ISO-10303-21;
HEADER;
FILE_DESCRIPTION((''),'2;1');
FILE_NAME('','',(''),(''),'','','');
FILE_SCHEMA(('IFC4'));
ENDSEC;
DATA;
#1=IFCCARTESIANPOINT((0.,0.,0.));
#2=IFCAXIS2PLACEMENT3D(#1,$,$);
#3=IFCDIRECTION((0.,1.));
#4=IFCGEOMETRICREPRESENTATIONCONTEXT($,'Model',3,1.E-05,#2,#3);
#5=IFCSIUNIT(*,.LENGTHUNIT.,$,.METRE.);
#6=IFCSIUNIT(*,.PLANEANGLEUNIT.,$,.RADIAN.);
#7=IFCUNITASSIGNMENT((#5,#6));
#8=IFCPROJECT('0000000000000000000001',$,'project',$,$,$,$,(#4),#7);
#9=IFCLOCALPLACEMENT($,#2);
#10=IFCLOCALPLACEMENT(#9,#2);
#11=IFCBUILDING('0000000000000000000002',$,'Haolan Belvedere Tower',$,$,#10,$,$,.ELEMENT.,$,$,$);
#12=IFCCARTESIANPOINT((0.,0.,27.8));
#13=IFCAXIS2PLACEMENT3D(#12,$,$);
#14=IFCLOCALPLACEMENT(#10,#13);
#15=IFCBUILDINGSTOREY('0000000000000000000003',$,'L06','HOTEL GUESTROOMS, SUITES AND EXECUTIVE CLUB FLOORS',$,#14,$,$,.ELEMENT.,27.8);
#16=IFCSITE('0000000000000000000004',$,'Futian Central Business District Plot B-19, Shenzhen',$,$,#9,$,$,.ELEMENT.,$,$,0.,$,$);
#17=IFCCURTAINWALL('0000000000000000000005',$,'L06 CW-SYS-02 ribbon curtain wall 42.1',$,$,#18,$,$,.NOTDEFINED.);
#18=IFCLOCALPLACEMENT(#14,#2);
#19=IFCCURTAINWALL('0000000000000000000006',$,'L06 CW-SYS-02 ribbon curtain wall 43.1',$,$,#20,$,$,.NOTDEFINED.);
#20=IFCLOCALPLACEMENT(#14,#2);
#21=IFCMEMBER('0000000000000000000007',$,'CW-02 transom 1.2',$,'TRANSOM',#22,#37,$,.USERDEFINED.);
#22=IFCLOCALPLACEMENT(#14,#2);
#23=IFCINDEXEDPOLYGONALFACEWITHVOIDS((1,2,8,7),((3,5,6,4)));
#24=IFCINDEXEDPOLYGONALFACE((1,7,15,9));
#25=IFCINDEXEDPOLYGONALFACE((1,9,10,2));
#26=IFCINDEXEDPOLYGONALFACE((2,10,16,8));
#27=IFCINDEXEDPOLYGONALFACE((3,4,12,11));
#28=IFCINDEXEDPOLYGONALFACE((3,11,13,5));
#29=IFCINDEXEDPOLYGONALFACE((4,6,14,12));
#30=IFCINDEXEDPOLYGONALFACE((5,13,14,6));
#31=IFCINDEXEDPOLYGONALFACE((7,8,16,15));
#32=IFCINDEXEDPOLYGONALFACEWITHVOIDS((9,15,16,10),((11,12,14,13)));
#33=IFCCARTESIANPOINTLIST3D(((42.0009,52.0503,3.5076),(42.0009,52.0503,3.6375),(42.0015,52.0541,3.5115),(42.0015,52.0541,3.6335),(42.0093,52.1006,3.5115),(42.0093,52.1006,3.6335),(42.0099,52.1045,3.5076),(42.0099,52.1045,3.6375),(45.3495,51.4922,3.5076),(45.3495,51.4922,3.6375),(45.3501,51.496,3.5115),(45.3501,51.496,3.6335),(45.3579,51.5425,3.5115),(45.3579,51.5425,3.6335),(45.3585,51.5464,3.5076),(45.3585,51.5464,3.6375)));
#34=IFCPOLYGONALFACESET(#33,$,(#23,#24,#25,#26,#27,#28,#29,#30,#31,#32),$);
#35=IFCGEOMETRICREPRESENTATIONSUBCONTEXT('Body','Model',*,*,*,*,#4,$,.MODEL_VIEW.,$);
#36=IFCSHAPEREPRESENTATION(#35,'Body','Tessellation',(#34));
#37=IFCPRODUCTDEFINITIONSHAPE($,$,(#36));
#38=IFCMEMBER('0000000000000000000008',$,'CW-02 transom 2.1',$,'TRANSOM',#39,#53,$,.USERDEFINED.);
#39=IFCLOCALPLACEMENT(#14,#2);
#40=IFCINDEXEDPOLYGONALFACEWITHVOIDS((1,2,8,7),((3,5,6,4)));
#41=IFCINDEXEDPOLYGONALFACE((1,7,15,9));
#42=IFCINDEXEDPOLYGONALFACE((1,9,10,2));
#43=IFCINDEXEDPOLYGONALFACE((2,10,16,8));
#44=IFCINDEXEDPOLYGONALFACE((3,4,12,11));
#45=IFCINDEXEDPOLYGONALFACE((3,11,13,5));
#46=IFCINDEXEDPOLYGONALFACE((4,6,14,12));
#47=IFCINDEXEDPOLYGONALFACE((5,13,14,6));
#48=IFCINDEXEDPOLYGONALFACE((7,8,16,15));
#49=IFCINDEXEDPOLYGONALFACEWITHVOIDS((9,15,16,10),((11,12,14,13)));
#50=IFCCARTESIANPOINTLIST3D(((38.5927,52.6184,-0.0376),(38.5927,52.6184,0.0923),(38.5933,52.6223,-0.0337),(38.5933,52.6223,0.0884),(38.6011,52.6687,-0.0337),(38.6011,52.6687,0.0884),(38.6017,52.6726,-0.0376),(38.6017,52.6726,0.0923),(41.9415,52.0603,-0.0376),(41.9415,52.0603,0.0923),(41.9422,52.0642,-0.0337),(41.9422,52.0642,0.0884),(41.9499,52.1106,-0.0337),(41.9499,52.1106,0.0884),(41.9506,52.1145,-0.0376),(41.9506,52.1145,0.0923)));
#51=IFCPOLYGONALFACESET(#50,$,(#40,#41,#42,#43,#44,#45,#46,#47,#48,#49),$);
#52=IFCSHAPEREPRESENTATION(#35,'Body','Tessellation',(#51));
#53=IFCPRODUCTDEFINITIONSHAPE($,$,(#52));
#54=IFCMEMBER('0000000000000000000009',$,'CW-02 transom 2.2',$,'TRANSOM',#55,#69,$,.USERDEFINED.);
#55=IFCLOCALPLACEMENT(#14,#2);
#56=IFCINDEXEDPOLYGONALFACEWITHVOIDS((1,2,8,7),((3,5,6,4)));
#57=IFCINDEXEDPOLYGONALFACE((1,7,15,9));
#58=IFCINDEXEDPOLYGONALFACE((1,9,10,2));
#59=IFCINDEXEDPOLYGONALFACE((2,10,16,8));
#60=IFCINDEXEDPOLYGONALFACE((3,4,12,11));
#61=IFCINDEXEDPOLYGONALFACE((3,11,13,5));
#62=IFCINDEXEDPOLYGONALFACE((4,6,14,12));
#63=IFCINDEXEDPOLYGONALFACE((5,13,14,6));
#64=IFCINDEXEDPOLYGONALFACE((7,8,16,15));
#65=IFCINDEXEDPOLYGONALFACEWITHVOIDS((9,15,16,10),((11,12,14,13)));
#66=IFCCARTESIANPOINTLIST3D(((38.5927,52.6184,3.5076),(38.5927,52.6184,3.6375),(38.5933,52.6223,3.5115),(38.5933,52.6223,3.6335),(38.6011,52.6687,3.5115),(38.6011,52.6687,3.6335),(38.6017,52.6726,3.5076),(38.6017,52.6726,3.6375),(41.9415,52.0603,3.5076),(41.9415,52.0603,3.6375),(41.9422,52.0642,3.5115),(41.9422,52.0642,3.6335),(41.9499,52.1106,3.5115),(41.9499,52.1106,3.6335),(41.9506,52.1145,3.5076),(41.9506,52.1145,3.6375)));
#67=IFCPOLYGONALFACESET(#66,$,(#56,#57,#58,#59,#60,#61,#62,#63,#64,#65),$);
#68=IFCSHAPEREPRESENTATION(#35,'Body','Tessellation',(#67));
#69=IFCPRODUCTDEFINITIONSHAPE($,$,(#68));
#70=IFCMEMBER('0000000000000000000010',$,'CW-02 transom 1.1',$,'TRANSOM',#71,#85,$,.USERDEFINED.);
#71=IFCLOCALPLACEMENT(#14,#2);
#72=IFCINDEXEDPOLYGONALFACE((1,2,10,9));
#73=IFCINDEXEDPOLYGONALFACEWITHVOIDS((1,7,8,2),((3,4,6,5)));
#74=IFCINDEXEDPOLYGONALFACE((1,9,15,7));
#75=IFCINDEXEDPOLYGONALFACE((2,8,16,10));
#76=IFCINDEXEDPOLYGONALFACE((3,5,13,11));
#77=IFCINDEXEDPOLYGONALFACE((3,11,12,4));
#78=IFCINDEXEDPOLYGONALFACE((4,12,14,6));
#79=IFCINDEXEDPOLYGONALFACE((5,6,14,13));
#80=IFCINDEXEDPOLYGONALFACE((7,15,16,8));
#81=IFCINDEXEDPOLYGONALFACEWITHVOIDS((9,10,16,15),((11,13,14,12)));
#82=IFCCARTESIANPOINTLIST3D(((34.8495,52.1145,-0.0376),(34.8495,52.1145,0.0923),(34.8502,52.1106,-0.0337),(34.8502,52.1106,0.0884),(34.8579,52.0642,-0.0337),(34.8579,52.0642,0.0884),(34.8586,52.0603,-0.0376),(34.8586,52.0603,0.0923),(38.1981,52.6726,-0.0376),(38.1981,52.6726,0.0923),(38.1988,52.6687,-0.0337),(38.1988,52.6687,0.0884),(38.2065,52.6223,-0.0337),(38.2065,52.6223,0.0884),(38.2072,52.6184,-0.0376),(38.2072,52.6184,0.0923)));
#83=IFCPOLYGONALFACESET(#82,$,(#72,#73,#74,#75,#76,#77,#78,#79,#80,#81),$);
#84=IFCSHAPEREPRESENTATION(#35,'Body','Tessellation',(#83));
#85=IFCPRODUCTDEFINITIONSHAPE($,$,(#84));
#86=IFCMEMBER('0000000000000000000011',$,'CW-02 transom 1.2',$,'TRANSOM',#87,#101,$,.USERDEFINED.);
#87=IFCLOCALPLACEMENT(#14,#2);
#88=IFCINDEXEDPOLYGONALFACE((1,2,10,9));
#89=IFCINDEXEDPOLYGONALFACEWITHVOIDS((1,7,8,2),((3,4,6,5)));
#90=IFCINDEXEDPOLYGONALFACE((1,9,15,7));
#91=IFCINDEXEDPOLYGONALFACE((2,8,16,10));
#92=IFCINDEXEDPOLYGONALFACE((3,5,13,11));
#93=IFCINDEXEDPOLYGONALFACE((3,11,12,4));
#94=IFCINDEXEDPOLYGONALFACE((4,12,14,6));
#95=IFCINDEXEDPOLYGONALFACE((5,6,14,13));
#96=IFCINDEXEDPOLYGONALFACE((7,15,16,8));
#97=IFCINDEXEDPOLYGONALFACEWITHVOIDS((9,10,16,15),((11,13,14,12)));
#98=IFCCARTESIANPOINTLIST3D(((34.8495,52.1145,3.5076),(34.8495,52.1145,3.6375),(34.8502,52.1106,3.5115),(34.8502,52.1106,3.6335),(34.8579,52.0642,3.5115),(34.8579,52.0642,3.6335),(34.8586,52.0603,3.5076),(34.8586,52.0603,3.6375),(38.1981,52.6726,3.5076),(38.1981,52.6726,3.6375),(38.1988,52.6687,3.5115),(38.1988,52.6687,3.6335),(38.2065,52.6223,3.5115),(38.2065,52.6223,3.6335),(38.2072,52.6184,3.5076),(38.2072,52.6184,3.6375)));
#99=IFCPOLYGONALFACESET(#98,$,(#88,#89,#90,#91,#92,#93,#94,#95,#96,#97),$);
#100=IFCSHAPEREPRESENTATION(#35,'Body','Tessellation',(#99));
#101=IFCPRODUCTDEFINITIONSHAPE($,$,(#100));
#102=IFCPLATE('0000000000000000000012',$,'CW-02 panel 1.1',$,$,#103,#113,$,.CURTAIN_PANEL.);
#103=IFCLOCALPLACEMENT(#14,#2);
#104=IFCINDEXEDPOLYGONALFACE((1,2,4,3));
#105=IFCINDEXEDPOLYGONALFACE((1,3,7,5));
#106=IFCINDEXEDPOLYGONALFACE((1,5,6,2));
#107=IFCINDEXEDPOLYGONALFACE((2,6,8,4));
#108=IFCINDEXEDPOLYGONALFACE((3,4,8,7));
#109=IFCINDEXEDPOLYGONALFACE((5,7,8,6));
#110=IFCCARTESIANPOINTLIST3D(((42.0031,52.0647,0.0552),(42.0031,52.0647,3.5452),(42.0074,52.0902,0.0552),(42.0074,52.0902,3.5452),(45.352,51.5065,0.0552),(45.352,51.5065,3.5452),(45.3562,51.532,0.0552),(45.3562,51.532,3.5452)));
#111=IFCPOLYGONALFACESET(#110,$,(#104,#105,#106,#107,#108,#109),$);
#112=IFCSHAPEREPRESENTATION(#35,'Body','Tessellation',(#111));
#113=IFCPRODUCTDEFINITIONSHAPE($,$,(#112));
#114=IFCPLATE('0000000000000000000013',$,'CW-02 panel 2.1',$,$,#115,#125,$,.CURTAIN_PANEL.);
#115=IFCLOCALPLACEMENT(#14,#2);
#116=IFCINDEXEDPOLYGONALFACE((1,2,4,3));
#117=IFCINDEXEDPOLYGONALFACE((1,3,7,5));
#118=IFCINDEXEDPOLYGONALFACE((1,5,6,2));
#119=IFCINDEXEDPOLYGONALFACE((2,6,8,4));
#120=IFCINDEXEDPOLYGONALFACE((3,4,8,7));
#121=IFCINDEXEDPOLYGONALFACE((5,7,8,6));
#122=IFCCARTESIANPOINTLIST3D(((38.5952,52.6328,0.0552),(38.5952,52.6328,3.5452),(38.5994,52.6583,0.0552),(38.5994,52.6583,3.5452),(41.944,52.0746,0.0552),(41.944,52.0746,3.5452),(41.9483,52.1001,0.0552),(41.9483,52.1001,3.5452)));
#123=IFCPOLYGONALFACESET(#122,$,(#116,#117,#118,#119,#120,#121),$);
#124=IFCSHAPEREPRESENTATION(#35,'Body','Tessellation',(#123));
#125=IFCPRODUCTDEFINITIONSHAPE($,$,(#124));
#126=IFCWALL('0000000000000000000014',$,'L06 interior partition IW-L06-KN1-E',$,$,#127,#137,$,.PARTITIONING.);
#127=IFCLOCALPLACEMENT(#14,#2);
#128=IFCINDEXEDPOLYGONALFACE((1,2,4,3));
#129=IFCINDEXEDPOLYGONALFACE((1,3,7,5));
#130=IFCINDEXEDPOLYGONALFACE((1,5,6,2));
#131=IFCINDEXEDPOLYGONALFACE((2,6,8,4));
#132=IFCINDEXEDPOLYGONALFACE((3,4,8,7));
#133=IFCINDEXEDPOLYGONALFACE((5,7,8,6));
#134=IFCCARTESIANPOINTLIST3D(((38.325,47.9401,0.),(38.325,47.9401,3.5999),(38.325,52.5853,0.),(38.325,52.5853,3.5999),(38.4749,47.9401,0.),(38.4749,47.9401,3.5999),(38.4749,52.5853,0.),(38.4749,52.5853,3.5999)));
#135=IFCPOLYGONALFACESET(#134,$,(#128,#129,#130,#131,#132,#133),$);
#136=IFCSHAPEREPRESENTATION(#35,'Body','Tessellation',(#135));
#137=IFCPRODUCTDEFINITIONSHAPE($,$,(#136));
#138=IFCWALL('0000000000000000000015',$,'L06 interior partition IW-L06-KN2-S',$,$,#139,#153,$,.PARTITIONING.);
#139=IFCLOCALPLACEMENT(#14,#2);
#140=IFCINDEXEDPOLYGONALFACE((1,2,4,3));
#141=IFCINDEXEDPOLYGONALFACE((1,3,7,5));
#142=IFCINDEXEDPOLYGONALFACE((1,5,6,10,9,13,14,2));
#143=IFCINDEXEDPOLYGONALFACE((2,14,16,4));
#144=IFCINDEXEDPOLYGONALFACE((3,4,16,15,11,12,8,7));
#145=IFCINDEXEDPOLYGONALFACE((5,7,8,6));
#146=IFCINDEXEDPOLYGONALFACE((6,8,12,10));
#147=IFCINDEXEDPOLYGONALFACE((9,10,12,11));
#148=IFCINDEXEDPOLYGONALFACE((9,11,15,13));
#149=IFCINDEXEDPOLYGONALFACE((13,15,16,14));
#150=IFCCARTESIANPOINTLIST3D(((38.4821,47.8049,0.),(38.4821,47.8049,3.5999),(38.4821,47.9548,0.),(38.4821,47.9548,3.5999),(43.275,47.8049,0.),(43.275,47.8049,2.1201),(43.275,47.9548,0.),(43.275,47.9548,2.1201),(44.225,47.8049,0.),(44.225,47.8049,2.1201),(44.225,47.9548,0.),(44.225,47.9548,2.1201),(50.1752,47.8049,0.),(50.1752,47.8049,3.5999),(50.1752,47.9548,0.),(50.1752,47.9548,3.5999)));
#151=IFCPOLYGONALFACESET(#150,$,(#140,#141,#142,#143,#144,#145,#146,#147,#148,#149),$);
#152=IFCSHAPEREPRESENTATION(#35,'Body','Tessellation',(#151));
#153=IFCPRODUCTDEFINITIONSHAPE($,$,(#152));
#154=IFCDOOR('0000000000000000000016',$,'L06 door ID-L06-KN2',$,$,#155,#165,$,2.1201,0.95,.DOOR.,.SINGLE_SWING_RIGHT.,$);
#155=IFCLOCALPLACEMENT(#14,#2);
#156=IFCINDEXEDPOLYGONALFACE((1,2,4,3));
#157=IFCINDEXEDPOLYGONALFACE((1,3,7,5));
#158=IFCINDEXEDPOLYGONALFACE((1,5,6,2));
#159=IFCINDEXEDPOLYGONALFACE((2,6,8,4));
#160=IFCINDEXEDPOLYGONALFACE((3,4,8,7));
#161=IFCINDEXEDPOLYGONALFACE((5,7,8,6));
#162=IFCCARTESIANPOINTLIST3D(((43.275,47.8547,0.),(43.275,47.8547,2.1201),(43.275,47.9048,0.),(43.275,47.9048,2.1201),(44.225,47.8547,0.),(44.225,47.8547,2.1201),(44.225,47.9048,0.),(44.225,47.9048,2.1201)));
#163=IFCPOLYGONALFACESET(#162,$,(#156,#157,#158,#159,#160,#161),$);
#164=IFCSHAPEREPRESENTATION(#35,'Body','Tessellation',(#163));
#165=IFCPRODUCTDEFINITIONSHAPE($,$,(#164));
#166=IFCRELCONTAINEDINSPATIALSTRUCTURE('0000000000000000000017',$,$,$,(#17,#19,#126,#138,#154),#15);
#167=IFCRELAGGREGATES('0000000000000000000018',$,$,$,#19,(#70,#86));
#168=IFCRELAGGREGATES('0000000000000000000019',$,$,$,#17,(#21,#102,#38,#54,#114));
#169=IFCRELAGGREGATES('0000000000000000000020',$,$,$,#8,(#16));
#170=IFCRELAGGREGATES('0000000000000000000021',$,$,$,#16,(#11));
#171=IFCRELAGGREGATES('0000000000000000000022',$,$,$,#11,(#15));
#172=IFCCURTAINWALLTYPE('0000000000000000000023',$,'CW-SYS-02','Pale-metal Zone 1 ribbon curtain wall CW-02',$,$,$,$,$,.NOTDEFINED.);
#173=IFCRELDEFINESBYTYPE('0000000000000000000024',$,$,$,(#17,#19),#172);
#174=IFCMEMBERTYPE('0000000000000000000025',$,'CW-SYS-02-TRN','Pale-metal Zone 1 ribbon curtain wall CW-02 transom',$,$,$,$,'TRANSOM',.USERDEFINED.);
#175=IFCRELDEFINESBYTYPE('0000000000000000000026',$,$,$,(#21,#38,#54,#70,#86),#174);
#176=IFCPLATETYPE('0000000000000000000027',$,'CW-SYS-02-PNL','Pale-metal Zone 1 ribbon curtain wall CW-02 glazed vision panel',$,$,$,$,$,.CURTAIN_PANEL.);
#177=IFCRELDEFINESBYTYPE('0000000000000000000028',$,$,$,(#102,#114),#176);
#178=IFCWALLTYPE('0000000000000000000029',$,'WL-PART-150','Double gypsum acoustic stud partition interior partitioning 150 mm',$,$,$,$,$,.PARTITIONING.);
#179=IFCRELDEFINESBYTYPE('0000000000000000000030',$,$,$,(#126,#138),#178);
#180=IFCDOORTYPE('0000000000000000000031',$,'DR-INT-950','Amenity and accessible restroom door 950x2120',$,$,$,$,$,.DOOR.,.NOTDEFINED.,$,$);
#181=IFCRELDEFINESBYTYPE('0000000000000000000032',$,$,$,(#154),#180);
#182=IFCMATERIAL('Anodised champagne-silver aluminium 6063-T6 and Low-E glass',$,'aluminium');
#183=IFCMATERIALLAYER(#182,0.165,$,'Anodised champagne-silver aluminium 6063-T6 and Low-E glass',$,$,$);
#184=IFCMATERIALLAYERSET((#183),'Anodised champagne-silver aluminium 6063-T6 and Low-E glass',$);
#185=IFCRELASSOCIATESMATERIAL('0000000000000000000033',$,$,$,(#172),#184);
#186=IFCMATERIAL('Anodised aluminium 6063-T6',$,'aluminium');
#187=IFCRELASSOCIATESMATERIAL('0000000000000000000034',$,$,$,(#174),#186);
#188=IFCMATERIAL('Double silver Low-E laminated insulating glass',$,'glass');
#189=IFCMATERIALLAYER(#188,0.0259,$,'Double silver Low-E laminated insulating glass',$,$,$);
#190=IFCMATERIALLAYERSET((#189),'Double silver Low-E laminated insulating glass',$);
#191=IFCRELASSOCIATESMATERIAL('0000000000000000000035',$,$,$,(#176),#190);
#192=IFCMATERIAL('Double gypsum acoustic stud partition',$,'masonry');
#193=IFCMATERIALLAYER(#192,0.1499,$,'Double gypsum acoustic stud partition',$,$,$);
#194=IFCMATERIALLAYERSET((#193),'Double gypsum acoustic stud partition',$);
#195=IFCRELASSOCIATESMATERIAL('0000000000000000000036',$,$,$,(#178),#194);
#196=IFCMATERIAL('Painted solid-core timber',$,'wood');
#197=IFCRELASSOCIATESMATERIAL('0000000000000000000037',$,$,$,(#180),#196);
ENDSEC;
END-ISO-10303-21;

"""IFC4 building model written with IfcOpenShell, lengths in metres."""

from ifc_helpers import new_model, si_unit, direction, frame, frame_2d, origin, origin_2d, place, context, subcontext, project, spatial, rectangle, hollow_rectangle, extrude, material, layer, layer_set, material_profile, profile_set, type_object, element, fill, aggregate, save


model = new_model("IFC4")

# Units and contexts
model_context = context("Model", 3, precision=1e-05, world=origin(), true_north=direction((0.0, 1.0)))
body_context = subcontext(model_context, "Body", "Model", "MODEL_VIEW")
ifc_project = project(units=[si_unit("LENGTHUNIT", "METRE"), si_unit("PLANEANGLEUNIT", "RADIAN")], contexts=[model_context])

# Site, building, storey
site_placement = place(None, origin())
site = spatial("IfcSite", under=ifc_project, at=site_placement, Name="Futian Central Business District Plot B-19, Shenzhen", CompositionType="ELEMENT", RefElevation=0.0)
building_placement = place(site_placement, origin())
building = spatial("IfcBuilding", under=site, at=building_placement, Name="Haolan Belvedere Tower", CompositionType="ELEMENT")
storey_placement = place(building_placement, frame((0.0, 0.0, 27.8)))
storey = spatial("IfcBuildingStorey", under=building, at=storey_placement, Name="L06", Description="HOTEL GUESTROOMS, SUITES AND EXECUTIVE CLUB FLOORS", CompositionType="ELEMENT", Elevation=27.8)

# Curtain wall
ifc_material_1 = material(Name="Anodised champagne-silver aluminium 6063-T6 and Low-E glass", Category="aluminium")
ifc_layer_1 = layer(ifc_material_1, 0.165, Name="Anodised champagne-silver aluminium 6063-T6 and Low-E glass")
ifc_layer_set_1 = layer_set([ifc_layer_1], Name="Anodised champagne-silver aluminium 6063-T6 and Low-E glass")
curtain_wall_type = type_object("IfcCurtainWallType", Name="CW-SYS-02", Description="Pale-metal Zone 1 ribbon curtain wall CW-02", PredefinedType="NOTDEFINED", material=ifc_layer_set_1)
curtain_wall_1_placement = place(storey_placement, origin())
curtain_wall_1 = element("IfcCurtainWall", 1, at=curtain_wall_1_placement, inside=storey, type_object=curtain_wall_type, Name="L06 CW-SYS-02 ribbon curtain wall 42.1", PredefinedType="NOTDEFINED")
ifc_material_2 = material(Name="Anodised aluminium 6063-T6", Category="aluminium")

# Curtain wall
curtain_wall_2_placement = place(storey_placement, origin())
curtain_wall_2 = element("IfcCurtainWall", 2, at=curtain_wall_2_placement, inside=storey, type_object=curtain_wall_type, Name="L06 CW-SYS-02 ribbon curtain wall 43.1", PredefinedType="NOTDEFINED")

# Members
ifc_material_profile_1 = material_profile(ifc_material_2, hollow_rectangle(XDim=0.0549, YDim=0.1299, WallThickness=0.0039, at=origin_2d()), Name="Anodised aluminium 6063-T6")
ifc_profile_set_1 = profile_set([ifc_material_profile_1], Name="Anodised aluminium 6063-T6")
member_type_1 = type_object("IfcMemberType", Name="CW-SYS-02-TRN", Description="Pale-metal Zone 1 ribbon curtain wall CW-02 transom", ElementType="TRANSOM", PredefinedType="USERDEFINED", material=ifc_profile_set_1)
member_1_placement = place(storey_placement, frame((45.354, 51.5193, 3.5725), z_axis=(-0.986394, 0.164399, 0.0), x_axis=(-0.164399, -0.986394, 0.0)))
member_1 = element("IfcMember", 3, at=member_1_placement, type_object=member_type_1, Name="CW-02 transom 1.2", ObjectType="TRANSOM", PredefinedType="USERDEFINED", context=body_context, shape_type="SweptSolid", body=[
    extrude(hollow_rectangle(XDim=0.0549, YDim=0.1299, WallThickness=0.0039, at=origin_2d()), origin(), (0.0, 0.0, 1.0), 3.3948),
])
member_2_placement = place(storey_placement, frame((41.946, 52.0874, 0.0273), z_axis=(-0.986396, 0.164387, 0.0), x_axis=(-0.164387, -0.986396, 0.0)))
member_2 = element("IfcMember", 4, at=member_2_placement, type_object=member_type_1, Name="CW-02 transom 2.1", ObjectType="TRANSOM", PredefinedType="USERDEFINED", context=body_context, shape_type="SweptSolid", body=[
    extrude(hollow_rectangle(XDim=0.0549, YDim=0.1299, WallThickness=0.0039, at=origin_2d()), origin(), (0.0, 0.0, 1.0), 3.395),
])
member_3_placement = place(storey_placement, frame((41.946, 52.0874, 3.5725), z_axis=(-0.986396, 0.164387, 0.0), x_axis=(-0.164387, -0.986396, 0.0)))
member_3 = element("IfcMember", 5, at=member_3_placement, type_object=member_type_1, Name="CW-02 transom 2.2", ObjectType="TRANSOM", PredefinedType="USERDEFINED", context=body_context, shape_type="SweptSolid", body=[
    extrude(hollow_rectangle(XDim=0.0549, YDim=0.1299, WallThickness=0.0039, at=origin_2d()), origin(), (0.0, 0.0, 1.0), 3.395),
])
member_4_placement = place(storey_placement, frame((38.2026, 52.6455, 0.0273), z_axis=(-0.986394, -0.164399, 0.0), x_axis=(0.164399, -0.986394, 0.0)))
member_4 = element("IfcMember", 6, at=member_4_placement, type_object=member_type_1, Name="CW-02 transom 1.1", ObjectType="TRANSOM", PredefinedType="USERDEFINED", context=body_context, shape_type="SweptSolid", body=[
    extrude(hollow_rectangle(XDim=0.0549, YDim=0.1299, WallThickness=0.0039, at=origin_2d()), origin(), (0.0, 0.0, 1.0), 3.3948),
])
member_5_placement = place(storey_placement, frame((38.2026, 52.6455, 3.5725), z_axis=(-0.986394, -0.164399, 0.0), x_axis=(0.164399, -0.986394, 0.0)))
member_5 = element("IfcMember", 7, at=member_5_placement, type_object=member_type_1, Name="CW-02 transom 1.2", ObjectType="TRANSOM", PredefinedType="USERDEFINED", context=body_context, shape_type="SweptSolid", body=[
    extrude(hollow_rectangle(XDim=0.0549, YDim=0.1299, WallThickness=0.0039, at=origin_2d()), origin(), (0.0, 0.0, 1.0), 3.3948),
])
aggregate(curtain_wall_2, [member_4, member_5])

# Plates
ifc_material_3 = material(Name="Double silver Low-E laminated insulating glass", Category="glass")
ifc_layer_2 = layer(ifc_material_3, 0.0259, Name="Double silver Low-E laminated insulating glass")
ifc_layer_set_2 = layer_set([ifc_layer_2], Name="Double silver Low-E laminated insulating glass")
plate_type = type_object("IfcPlateType", Name="CW-SYS-02-PNL", Description="Pale-metal Zone 1 ribbon curtain wall CW-02 glazed vision panel", PredefinedType="CURTAIN_PANEL", material=ifc_layer_set_2)
plate_1_placement = place(storey_placement, frame((43.6797, 51.7983, 0.0552), z_axis=(0.0, 0.0, 1.0), x_axis=(-0.986393, 0.164404, 0.0)))
plate_1 = element("IfcPlate", 8, at=plate_1_placement, type_object=plate_type, Name="CW-02 panel 1.1", PredefinedType="CURTAIN_PANEL", context=body_context, shape_type="SweptSolid", body=[
    extrude(rectangle(XDim=3.395, YDim=0.0259, at=origin_2d()), origin(), (0.0, 0.0, 1.0), 3.49),
])
plate_2_placement = place(storey_placement, frame((40.2717, 52.3665, 0.0552), z_axis=(0.0, 0.0, 1.0), x_axis=(-0.986393, 0.164404, 0.0)))
plate_2 = element("IfcPlate", 9, at=plate_2_placement, type_object=plate_type, Name="CW-02 panel 2.1", PredefinedType="CURTAIN_PANEL", context=body_context, shape_type="SweptSolid", body=[
    extrude(rectangle(XDim=3.395, YDim=0.0259, at=origin_2d()), origin(), (0.0, 0.0, 1.0), 3.49),
])
aggregate(curtain_wall_1, [member_1, plate_1, member_2, member_3, plate_2])

# Wall
ifc_material_4 = material(Name="Double gypsum acoustic stud partition", Category="masonry")
ifc_layer_3 = layer(ifc_material_4, 0.1499, Name="Double gypsum acoustic stud partition")
ifc_layer_set_3 = layer_set([ifc_layer_3], Name="Double gypsum acoustic stud partition")
wall_type_1 = type_object("IfcWallType", Name="WL-PART-150", Description="Double gypsum acoustic stud partition interior partitioning 150 mm", PredefinedType="PARTITIONING", material=ifc_layer_set_3)
wall_1_placement = place(storey_placement, frame((38.3999, 47.9399, 0.0), z_axis=(0.0, 0.0, 1.0), x_axis=(0.0, 1.0, 0.0)))
element("IfcWall", 10, at=wall_1_placement, inside=storey, type_object=wall_type_1, Name="L06 interior partition IW-L06-KN1-E", PredefinedType="PARTITIONING", context=body_context, shape_type="SweptSolid", body=[
    extrude(rectangle(XDim=4.6453, YDim=0.1499, at=frame_2d((2.3228, 0.0))), origin(), (0.0, 0.0, 1.0), 3.5999),
])

# Wall, opening, door
wall_2_placement = place(storey_placement, frame((38.4819, 47.8799, 0.0), z_axis=(0.0, 0.0, 1.0), x_axis=(1.0, 0.0, 0.0)))
wall_2 = element("IfcWall", 11, at=wall_2_placement, inside=storey, type_object=wall_type_1, Name="L06 interior partition IW-L06-KN2-S", PredefinedType="PARTITIONING", context=body_context, shape_type="SweptSolid", body=[
    extrude(rectangle(XDim=11.6931, YDim=0.1499, at=frame_2d((5.8467, 0.0))), origin(), (0.0, 0.0, 1.0), 3.5999),
])
opening_1_placement = place(wall_2_placement, frame((4.793, 0.0, 0.0)))
opening_1 = element("IfcOpeningElement", 12, at=opening_1_placement, cuts=wall_2, PredefinedType="OPENING", context=body_context, shape_type="SweptSolid", body=[
    extrude(rectangle(XDim=0.95, YDim=2.1201, at=frame_2d((0.4751, 1.0601))), frame((0.0, 0.085, 0.0), z_axis=(0.0, -1.0, 0.0), x_axis=(1.0, 0.0, 0.0)), (0.0, 0.0, 1.0), 0.1699),
])
ifc_material_5 = material(Name="Painted solid-core timber", Category="wood")
door_type_1 = type_object("IfcDoorType", Name="DR-INT-950", Description="Amenity and accessible restroom door 950x2120", OperationType="NOTDEFINED", PredefinedType="DOOR", material=ifc_material_5)
door_1_placement = place(opening_1_placement, origin())
door_1 = element("IfcDoor", 13, at=door_1_placement, inside=storey, type_object=door_type_1, Name="L06 door ID-L06-KN2", OperationType="SINGLE_SWING_RIGHT", OverallHeight=2.1201, OverallWidth=0.95, PredefinedType="DOOR", context=body_context, shape_type="SweptSolid", body=[
    extrude(rectangle(XDim=0.95, YDim=2.1201, at=frame_2d((0.4751, 1.0601))), frame((0.0, 0.0249, 0.0), z_axis=(0.0, -1.0, 0.0), x_axis=(1.0, 0.0, 0.0)), (0.0, 0.0, 1.0), 0.05),
])
fill(opening_1, door_1)

save(model, "model.ifc")
